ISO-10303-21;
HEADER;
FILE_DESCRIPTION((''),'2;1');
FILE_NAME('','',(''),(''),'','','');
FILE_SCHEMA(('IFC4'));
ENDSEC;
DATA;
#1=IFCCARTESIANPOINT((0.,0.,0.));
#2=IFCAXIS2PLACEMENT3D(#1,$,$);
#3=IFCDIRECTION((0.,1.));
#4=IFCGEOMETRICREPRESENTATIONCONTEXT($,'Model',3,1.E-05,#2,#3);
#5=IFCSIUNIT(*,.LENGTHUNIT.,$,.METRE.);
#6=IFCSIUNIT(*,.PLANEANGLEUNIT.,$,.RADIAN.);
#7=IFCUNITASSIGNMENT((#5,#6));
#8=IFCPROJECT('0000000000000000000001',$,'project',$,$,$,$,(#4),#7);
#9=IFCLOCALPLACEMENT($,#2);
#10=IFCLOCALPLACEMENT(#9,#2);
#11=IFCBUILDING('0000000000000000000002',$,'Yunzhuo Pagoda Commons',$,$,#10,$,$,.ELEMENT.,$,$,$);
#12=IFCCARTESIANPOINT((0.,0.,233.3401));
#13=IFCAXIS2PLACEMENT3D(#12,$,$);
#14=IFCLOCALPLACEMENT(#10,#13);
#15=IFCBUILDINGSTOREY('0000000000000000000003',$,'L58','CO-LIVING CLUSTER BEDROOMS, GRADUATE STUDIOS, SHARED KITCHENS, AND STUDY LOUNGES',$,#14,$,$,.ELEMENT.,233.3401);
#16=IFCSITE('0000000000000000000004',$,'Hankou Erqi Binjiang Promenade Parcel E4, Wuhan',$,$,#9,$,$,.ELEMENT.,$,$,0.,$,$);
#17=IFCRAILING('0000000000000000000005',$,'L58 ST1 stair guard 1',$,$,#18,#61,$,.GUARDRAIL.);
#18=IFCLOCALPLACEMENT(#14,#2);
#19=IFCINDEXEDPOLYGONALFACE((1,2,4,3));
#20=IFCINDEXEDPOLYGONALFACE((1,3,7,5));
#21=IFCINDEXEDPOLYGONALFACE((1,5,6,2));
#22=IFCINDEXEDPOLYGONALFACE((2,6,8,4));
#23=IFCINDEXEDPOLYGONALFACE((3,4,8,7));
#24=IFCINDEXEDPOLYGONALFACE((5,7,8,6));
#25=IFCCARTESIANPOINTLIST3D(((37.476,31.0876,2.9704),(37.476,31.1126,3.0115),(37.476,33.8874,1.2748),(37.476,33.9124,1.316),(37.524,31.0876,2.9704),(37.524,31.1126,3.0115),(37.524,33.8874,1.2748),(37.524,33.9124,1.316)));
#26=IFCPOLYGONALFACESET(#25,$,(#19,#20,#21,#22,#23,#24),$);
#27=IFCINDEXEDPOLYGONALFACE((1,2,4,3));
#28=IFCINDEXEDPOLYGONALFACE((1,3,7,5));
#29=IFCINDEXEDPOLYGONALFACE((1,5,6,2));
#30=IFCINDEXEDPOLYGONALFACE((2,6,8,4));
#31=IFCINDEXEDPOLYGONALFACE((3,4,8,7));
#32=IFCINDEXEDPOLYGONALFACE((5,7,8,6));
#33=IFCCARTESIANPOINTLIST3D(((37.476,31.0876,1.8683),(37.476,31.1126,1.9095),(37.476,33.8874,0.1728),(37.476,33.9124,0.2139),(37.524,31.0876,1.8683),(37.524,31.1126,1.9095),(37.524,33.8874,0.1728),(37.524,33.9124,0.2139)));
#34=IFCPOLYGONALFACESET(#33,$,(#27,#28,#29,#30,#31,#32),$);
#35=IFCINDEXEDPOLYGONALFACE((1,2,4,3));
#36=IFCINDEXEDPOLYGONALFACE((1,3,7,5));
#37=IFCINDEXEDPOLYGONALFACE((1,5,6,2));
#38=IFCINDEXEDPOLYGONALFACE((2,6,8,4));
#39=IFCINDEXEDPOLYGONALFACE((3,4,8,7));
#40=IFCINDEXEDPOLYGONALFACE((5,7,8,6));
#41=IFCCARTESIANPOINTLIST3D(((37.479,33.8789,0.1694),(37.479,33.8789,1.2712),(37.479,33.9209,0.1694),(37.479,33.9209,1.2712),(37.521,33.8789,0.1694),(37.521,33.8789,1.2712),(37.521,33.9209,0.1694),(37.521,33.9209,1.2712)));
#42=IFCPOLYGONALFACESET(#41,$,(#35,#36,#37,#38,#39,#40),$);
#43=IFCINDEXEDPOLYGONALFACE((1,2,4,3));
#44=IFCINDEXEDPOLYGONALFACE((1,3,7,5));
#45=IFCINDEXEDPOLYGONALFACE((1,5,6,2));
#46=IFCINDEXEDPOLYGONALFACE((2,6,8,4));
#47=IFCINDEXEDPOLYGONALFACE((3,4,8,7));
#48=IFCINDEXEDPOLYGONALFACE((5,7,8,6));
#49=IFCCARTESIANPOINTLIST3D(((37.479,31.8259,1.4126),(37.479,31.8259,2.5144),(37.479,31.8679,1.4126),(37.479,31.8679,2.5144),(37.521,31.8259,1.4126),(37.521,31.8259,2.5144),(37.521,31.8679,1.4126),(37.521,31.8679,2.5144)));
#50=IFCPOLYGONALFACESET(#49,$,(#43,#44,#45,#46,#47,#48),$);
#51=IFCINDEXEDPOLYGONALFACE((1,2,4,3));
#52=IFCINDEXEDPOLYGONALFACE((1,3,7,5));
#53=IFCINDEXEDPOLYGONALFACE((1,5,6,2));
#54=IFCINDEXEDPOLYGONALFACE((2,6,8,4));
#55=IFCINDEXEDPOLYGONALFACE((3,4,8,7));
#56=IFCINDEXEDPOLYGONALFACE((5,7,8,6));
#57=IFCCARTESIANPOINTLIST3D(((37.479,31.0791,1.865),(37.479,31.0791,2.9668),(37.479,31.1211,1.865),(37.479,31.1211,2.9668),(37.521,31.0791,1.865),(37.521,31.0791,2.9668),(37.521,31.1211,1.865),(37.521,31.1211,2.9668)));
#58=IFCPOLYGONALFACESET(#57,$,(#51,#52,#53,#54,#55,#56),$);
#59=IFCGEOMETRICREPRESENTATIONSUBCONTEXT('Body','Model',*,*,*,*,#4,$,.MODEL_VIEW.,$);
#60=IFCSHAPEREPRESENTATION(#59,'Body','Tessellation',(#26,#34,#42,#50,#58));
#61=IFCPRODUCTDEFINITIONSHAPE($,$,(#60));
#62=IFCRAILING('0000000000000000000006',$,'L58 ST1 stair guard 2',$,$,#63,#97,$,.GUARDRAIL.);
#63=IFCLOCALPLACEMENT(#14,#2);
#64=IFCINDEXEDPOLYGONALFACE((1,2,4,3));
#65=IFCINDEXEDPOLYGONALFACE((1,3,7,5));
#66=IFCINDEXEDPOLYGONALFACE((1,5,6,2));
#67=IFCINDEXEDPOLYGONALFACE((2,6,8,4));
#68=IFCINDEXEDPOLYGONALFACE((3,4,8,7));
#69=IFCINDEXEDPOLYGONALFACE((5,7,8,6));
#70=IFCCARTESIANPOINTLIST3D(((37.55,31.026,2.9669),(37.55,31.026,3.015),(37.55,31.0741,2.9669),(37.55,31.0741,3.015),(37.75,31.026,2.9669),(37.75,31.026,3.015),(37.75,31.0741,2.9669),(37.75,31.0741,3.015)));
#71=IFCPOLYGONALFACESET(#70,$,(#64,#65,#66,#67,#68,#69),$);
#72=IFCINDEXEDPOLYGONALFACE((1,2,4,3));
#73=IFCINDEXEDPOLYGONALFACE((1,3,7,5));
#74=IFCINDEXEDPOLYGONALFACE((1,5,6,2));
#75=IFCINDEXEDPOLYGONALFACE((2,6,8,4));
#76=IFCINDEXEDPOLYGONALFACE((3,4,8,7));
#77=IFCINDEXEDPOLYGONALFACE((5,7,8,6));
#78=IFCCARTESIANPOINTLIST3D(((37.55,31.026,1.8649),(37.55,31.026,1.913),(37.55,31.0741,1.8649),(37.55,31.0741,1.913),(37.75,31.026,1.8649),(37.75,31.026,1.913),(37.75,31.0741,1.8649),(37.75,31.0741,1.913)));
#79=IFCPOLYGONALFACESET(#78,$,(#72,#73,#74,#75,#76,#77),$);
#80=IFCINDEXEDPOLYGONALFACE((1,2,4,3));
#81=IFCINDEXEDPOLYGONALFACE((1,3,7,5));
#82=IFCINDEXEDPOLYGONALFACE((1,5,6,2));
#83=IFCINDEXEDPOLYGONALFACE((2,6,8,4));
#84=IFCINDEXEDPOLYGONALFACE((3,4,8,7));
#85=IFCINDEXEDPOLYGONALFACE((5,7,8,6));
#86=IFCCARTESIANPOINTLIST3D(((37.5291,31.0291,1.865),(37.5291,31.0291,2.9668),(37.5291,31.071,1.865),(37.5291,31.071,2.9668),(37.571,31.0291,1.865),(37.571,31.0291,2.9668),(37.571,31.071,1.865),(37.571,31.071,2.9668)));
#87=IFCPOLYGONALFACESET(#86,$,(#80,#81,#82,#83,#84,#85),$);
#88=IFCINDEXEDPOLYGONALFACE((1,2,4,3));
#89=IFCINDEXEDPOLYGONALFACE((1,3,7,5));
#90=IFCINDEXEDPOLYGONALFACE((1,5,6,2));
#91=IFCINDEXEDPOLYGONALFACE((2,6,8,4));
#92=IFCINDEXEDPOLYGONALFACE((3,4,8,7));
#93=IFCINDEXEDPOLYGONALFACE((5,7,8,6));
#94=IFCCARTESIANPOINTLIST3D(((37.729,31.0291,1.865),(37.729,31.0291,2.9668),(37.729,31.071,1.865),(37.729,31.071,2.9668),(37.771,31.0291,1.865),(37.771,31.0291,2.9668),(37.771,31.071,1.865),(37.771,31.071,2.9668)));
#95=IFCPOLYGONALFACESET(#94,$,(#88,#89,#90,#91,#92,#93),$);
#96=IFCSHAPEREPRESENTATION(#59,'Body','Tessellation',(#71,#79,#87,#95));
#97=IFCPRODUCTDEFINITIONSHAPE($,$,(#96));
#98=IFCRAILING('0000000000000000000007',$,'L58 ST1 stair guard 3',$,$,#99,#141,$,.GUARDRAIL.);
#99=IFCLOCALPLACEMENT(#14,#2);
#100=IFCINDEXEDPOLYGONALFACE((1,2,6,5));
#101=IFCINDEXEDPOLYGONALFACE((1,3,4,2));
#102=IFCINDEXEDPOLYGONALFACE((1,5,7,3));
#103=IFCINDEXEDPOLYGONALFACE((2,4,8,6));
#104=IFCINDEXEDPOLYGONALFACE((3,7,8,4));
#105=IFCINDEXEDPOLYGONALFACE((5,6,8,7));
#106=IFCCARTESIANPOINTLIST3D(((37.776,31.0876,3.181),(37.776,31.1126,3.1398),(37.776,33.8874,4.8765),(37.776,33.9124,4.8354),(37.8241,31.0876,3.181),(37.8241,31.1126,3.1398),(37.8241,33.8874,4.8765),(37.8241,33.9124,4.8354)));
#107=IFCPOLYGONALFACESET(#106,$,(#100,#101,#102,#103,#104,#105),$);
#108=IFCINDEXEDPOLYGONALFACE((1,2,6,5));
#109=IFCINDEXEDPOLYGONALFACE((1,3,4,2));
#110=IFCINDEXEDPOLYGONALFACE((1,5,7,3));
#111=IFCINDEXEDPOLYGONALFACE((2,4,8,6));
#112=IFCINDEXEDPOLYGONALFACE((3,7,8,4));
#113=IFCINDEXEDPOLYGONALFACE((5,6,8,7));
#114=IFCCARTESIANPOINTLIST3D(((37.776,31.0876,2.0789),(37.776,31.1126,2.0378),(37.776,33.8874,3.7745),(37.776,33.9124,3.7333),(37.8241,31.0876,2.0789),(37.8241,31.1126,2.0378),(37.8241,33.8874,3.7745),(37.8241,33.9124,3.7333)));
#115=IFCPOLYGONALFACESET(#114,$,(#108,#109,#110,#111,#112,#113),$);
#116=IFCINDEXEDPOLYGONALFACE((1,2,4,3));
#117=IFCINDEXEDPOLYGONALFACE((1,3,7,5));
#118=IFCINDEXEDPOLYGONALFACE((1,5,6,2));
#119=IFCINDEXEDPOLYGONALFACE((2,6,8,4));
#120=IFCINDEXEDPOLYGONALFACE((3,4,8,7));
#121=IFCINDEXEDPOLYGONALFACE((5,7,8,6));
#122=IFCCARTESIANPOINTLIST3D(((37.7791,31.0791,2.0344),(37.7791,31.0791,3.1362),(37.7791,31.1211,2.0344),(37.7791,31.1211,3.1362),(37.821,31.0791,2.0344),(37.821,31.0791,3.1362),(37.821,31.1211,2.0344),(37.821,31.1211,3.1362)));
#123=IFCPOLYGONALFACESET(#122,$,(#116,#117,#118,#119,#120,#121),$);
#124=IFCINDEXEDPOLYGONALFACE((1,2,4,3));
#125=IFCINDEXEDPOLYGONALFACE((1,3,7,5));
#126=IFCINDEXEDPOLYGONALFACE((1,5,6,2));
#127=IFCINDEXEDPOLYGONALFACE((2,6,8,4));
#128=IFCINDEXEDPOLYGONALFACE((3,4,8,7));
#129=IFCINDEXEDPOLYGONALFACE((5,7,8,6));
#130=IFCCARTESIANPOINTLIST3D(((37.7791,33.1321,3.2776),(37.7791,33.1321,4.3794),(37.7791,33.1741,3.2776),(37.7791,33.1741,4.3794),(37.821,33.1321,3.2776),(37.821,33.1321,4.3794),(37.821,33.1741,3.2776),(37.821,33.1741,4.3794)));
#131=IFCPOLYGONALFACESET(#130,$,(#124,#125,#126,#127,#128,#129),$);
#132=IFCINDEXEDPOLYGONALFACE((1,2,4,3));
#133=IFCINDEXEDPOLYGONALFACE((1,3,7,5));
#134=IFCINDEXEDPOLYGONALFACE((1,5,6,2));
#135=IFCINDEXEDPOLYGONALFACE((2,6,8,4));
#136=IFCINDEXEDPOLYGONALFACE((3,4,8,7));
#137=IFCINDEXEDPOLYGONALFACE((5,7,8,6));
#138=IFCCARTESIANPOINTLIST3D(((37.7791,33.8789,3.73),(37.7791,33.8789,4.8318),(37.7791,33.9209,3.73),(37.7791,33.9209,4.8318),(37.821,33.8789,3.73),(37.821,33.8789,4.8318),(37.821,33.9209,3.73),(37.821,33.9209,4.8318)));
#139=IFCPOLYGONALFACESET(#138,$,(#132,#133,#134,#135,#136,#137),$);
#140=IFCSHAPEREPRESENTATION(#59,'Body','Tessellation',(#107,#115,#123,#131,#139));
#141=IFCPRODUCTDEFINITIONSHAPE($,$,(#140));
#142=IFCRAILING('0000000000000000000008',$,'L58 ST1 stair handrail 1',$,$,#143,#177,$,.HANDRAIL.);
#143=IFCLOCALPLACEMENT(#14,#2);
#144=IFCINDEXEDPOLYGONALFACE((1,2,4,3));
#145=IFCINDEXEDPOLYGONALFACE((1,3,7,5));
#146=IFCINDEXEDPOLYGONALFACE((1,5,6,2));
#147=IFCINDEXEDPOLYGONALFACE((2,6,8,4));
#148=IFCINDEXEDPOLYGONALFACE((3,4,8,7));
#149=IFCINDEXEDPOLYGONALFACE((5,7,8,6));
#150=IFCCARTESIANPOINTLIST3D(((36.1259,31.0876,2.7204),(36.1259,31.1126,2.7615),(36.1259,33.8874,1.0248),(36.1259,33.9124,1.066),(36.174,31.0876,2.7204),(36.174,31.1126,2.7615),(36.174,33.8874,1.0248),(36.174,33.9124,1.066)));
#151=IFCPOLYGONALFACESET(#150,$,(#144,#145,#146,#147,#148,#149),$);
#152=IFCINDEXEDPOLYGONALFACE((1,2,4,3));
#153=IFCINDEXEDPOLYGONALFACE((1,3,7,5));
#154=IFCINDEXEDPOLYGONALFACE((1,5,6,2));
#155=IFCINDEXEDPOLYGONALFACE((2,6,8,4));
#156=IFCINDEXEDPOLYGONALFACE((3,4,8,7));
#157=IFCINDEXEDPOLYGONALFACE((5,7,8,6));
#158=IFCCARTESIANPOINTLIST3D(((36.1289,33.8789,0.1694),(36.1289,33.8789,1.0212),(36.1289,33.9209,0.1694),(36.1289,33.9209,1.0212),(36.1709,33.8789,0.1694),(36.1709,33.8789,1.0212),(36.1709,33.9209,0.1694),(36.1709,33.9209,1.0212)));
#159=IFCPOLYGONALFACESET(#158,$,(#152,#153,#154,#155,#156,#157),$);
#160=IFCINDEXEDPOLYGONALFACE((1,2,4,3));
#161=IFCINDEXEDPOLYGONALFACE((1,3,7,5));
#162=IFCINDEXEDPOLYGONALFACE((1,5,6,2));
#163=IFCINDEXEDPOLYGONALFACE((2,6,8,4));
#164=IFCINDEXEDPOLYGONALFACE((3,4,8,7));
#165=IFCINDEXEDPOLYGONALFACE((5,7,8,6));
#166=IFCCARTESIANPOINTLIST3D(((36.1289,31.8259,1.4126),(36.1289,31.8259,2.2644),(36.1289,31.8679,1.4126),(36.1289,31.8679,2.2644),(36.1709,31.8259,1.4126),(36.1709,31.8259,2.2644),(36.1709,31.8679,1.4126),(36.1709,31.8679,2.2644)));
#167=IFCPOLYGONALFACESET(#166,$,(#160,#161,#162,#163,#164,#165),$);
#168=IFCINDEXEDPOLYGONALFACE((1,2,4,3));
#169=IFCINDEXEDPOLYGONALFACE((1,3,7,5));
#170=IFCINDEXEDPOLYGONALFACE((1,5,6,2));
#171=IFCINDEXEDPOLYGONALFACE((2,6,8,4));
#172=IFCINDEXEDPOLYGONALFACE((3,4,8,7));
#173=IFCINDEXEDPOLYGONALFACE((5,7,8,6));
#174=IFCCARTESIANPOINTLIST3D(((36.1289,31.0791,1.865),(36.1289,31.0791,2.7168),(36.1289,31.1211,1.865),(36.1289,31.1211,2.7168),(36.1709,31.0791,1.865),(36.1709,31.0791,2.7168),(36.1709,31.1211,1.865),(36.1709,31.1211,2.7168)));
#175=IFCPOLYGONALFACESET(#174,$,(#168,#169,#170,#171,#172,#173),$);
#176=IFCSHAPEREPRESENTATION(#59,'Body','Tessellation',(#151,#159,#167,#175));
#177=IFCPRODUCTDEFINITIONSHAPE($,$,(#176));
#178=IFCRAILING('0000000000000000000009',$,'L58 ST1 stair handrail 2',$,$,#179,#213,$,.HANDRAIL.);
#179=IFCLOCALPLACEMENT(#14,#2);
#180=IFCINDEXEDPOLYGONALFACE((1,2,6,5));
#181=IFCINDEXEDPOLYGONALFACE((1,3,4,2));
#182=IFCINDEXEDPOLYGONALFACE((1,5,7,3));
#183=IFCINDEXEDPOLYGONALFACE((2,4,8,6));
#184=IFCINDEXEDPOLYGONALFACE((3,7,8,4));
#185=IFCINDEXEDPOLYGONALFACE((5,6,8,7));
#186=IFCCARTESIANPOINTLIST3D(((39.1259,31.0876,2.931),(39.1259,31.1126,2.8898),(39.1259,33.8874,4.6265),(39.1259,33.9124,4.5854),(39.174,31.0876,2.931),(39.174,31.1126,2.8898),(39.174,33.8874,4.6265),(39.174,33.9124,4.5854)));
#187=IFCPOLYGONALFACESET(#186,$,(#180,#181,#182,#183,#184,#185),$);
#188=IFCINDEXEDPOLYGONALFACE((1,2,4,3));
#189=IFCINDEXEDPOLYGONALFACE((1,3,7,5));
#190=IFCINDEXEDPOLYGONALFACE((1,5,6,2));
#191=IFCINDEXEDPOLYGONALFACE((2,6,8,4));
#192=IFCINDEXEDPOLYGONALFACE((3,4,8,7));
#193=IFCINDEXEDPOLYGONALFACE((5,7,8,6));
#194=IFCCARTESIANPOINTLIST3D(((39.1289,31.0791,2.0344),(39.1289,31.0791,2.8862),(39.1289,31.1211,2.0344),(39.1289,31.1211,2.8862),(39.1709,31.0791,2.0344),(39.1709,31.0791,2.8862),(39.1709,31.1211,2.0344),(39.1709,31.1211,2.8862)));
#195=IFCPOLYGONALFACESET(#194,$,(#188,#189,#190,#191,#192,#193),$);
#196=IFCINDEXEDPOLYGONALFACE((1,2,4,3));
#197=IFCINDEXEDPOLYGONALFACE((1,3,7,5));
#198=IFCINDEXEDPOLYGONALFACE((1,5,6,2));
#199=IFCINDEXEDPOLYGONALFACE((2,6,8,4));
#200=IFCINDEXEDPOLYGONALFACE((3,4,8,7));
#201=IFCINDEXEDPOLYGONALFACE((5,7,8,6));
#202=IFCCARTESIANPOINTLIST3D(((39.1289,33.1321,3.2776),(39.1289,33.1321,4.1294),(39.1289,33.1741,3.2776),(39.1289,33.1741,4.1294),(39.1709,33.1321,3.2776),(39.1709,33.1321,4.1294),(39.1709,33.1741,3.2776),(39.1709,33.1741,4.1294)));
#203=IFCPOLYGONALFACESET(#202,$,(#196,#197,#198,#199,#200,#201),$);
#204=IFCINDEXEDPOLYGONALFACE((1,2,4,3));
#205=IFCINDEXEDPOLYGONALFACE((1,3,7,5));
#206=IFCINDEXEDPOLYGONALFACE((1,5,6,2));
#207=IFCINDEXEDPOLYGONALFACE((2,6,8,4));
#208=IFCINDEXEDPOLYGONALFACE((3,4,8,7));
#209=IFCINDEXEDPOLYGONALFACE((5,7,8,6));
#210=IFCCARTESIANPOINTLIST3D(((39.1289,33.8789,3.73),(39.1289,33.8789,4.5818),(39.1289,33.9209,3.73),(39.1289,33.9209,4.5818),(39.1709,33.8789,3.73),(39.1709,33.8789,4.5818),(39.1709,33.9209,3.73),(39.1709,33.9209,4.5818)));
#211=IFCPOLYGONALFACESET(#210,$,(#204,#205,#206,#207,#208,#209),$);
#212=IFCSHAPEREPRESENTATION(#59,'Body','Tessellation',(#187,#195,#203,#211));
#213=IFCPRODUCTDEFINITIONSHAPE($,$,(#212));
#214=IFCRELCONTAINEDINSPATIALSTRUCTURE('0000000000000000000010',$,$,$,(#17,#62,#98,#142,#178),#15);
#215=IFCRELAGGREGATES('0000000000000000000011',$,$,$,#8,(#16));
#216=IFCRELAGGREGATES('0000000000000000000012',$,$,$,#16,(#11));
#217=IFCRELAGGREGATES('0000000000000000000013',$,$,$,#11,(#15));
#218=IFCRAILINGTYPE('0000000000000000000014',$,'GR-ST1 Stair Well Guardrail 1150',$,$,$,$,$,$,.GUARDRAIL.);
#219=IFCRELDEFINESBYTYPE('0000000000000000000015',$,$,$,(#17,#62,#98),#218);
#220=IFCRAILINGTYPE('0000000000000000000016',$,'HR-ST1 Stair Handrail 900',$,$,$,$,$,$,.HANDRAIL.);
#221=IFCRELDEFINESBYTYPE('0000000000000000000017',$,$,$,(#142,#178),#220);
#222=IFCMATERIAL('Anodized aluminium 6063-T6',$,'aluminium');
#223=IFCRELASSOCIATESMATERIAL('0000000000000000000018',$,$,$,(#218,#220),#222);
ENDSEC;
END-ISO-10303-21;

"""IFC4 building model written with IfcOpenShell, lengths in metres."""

from ifc_helpers import new_model, si_unit, direction, frame, origin, origin_2d, place, context, subcontext, project, spatial, rectangle, extrude, material, type_object, element, save


model = new_model("IFC4")

# Units and contexts
model_context = context("Model", 3, precision=1e-05, world=origin(), true_north=direction((0.0, 1.0)))
body_context = subcontext(model_context, "Body", "Model", "MODEL_VIEW")
ifc_project = project(units=[si_unit("LENGTHUNIT", "METRE"), si_unit("PLANEANGLEUNIT", "RADIAN")], contexts=[model_context])

# Site, building, storey
site_placement = place(None, origin())
site = spatial("IfcSite", under=ifc_project, at=site_placement, Name="Hankou Erqi Binjiang Promenade Parcel E4, Wuhan", CompositionType="ELEMENT", RefElevation=0.0)
building_placement = place(site_placement, origin())
building = spatial("IfcBuilding", under=site, at=building_placement, Name="Yunzhuo Pagoda Commons", CompositionType="ELEMENT")
storey_placement = place(building_placement, frame((0.0, 0.0, 233.3401)))
storey = spatial("IfcBuildingStorey", under=building, at=storey_placement, Name="L58", Description="CO-LIVING CLUSTER BEDROOMS, GRADUATE STUDIOS, SHARED KITCHENS, AND STUDY LOUNGES", CompositionType="ELEMENT", Elevation=233.3401)

# Railings
ifc_material_1 = material(Name="Anodized aluminium 6063-T6", Category="aluminium")
railing_type_1 = type_object("IfcRailingType", Name="GR-ST1 Stair Well Guardrail 1150", PredefinedType="GUARDRAIL", material=ifc_material_1)
railing_1_placement = place(storey_placement, frame((37.5, 33.8999, 0.1694)))
element("IfcRailing", 1, at=railing_1_placement, inside=storey, type_object=railing_type_1, Name="L58 ST1 stair guard 1", PredefinedType="GUARDRAIL", context=body_context, shape_type="SweptSolid", body=[
    extrude(rectangle(XDim=0.0481, YDim=0.0481, at=origin_2d()), frame((0.0, 0.0, 1.126), z_axis=(0.0, -0.855373, 0.518012), x_axis=(1.0, 0.0, 0.0)), (0.0, 0.0, 1.0), 3.2732),
    extrude(rectangle(XDim=0.0481, YDim=0.0481, at=origin_2d()), frame((0.0, 0.0, 0.0239), z_axis=(0.0, -0.855373, 0.518012), x_axis=(1.0, 0.0, 0.0)), (0.0, 0.0, 1.0), 3.2732),
    extrude(rectangle(XDim=0.042, YDim=0.042, at=origin_2d()), origin(), (0.0, 0.0, 1.0), 1.1018),
    extrude(rectangle(XDim=0.042, YDim=0.042, at=origin_2d()), frame((0.0, -2.053, 1.2432)), (0.0, 0.0, 1.0), 1.1018),
    extrude(rectangle(XDim=0.042, YDim=0.042, at=origin_2d()), frame((0.0, -2.7998, 1.6956)), (0.0, 0.0, 1.0), 1.1018),
])
railing_2_placement = place(storey_placement, frame((37.55, 31.05, 1.865)))
element("IfcRailing", 2, at=railing_2_placement, inside=storey, type_object=railing_type_1, Name="L58 ST1 stair guard 2", PredefinedType="GUARDRAIL", context=body_context, shape_type="SweptSolid", body=[
    extrude(rectangle(XDim=0.0481, YDim=0.0481, at=origin_2d()), frame((0.0, 0.0, 1.126), z_axis=(1.0, 0.0, 0.0), x_axis=(0.0, 1.0, 0.0)), (0.0, 0.0, 1.0), 0.2),
    extrude(rectangle(XDim=0.0481, YDim=0.0481, at=origin_2d()), frame((0.0, 0.0, 0.0239), z_axis=(1.0, 0.0, 0.0), x_axis=(0.0, 1.0, 0.0)), (0.0, 0.0, 1.0), 0.2),
    extrude(rectangle(XDim=0.042, YDim=0.042, at=origin_2d()), origin(), (0.0, 0.0, 1.0), 1.1018),
    extrude(rectangle(XDim=0.042, YDim=0.042, at=origin_2d()), frame((0.2, 0.0, 0.0)), (0.0, 0.0, 1.0), 1.1018),
])
railing_3_placement = place(storey_placement, frame((37.8, 31.1001, 2.0344)))
element("IfcRailing", 3, at=railing_3_placement, inside=storey, type_object=railing_type_1, Name="L58 ST1 stair guard 3", PredefinedType="GUARDRAIL", context=body_context, shape_type="SweptSolid", body=[
    extrude(rectangle(XDim=0.0481, YDim=0.0481, at=origin_2d()), frame((0.0, 0.0, 1.126), z_axis=(0.0, 0.855373, 0.518012), x_axis=(-1.0, 0.0, 0.0)), (0.0, 0.0, 1.0), 3.2732),
    extrude(rectangle(XDim=0.0481, YDim=0.0481, at=origin_2d()), frame((0.0, 0.0, 0.0239), z_axis=(0.0, 0.855373, 0.518012), x_axis=(-1.0, 0.0, 0.0)), (0.0, 0.0, 1.0), 3.2732),
    extrude(rectangle(XDim=0.042, YDim=0.042, at=origin_2d()), origin(), (0.0, 0.0, 1.0), 1.1018),
    extrude(rectangle(XDim=0.042, YDim=0.042, at=origin_2d()), frame((0.0, 2.053, 1.2432)), (0.0, 0.0, 1.0), 1.1018),
    extrude(rectangle(XDim=0.042, YDim=0.042, at=origin_2d()), frame((0.0, 2.7998, 1.6956)), (0.0, 0.0, 1.0), 1.1018),
])
railing_type_2 = type_object("IfcRailingType", Name="HR-ST1 Stair Handrail 900", PredefinedType="HANDRAIL", material=ifc_material_1)
railing_4_placement = place(storey_placement, frame((36.1499, 33.8999, 0.1694)))
element("IfcRailing", 4, at=railing_4_placement, inside=storey, type_object=railing_type_2, Name="L58 ST1 stair handrail 1", PredefinedType="HANDRAIL", context=body_context, shape_type="SweptSolid", body=[
    extrude(rectangle(XDim=0.0481, YDim=0.0481, at=origin_2d()), frame((0.0, 0.0, 0.876), z_axis=(0.0, -0.855373, 0.518012), x_axis=(1.0, 0.0, 0.0)), (0.0, 0.0, 1.0), 3.2732),
    extrude(rectangle(XDim=0.042, YDim=0.042, at=origin_2d()), origin(), (0.0, 0.0, 1.0), 0.8518),
    extrude(rectangle(XDim=0.042, YDim=0.042, at=origin_2d()), frame((0.0, -2.053, 1.2432)), (0.0, 0.0, 1.0), 0.8518),
    extrude(rectangle(XDim=0.042, YDim=0.042, at=origin_2d()), frame((0.0, -2.7998, 1.6956)), (0.0, 0.0, 1.0), 0.8518),
])
railing_5_placement = place(storey_placement, frame((39.1499, 31.1001, 2.0344)))
element("IfcRailing", 5, at=railing_5_placement, inside=storey, type_object=railing_type_2, Name="L58 ST1 stair handrail 2", PredefinedType="HANDRAIL", context=body_context, shape_type="SweptSolid", body=[
    extrude(rectangle(XDim=0.0481, YDim=0.0481, at=origin_2d()), frame((0.0, 0.0, 0.876), z_axis=(0.0, 0.855373, 0.518012), x_axis=(-1.0, 0.0, 0.0)), (0.0, 0.0, 1.0), 3.2732),
    extrude(rectangle(XDim=0.042, YDim=0.042, at=origin_2d()), origin(), (0.0, 0.0, 1.0), 0.8518),
    extrude(rectangle(XDim=0.042, YDim=0.042, at=origin_2d()), frame((0.0, 2.053, 1.2432)), (0.0, 0.0, 1.0), 0.8518),
    extrude(rectangle(XDim=0.042, YDim=0.042, at=origin_2d()), frame((0.0, 2.7998, 1.6956)), (0.0, 0.0, 1.0), 0.8518),
])

save(model, "model.ifc")
